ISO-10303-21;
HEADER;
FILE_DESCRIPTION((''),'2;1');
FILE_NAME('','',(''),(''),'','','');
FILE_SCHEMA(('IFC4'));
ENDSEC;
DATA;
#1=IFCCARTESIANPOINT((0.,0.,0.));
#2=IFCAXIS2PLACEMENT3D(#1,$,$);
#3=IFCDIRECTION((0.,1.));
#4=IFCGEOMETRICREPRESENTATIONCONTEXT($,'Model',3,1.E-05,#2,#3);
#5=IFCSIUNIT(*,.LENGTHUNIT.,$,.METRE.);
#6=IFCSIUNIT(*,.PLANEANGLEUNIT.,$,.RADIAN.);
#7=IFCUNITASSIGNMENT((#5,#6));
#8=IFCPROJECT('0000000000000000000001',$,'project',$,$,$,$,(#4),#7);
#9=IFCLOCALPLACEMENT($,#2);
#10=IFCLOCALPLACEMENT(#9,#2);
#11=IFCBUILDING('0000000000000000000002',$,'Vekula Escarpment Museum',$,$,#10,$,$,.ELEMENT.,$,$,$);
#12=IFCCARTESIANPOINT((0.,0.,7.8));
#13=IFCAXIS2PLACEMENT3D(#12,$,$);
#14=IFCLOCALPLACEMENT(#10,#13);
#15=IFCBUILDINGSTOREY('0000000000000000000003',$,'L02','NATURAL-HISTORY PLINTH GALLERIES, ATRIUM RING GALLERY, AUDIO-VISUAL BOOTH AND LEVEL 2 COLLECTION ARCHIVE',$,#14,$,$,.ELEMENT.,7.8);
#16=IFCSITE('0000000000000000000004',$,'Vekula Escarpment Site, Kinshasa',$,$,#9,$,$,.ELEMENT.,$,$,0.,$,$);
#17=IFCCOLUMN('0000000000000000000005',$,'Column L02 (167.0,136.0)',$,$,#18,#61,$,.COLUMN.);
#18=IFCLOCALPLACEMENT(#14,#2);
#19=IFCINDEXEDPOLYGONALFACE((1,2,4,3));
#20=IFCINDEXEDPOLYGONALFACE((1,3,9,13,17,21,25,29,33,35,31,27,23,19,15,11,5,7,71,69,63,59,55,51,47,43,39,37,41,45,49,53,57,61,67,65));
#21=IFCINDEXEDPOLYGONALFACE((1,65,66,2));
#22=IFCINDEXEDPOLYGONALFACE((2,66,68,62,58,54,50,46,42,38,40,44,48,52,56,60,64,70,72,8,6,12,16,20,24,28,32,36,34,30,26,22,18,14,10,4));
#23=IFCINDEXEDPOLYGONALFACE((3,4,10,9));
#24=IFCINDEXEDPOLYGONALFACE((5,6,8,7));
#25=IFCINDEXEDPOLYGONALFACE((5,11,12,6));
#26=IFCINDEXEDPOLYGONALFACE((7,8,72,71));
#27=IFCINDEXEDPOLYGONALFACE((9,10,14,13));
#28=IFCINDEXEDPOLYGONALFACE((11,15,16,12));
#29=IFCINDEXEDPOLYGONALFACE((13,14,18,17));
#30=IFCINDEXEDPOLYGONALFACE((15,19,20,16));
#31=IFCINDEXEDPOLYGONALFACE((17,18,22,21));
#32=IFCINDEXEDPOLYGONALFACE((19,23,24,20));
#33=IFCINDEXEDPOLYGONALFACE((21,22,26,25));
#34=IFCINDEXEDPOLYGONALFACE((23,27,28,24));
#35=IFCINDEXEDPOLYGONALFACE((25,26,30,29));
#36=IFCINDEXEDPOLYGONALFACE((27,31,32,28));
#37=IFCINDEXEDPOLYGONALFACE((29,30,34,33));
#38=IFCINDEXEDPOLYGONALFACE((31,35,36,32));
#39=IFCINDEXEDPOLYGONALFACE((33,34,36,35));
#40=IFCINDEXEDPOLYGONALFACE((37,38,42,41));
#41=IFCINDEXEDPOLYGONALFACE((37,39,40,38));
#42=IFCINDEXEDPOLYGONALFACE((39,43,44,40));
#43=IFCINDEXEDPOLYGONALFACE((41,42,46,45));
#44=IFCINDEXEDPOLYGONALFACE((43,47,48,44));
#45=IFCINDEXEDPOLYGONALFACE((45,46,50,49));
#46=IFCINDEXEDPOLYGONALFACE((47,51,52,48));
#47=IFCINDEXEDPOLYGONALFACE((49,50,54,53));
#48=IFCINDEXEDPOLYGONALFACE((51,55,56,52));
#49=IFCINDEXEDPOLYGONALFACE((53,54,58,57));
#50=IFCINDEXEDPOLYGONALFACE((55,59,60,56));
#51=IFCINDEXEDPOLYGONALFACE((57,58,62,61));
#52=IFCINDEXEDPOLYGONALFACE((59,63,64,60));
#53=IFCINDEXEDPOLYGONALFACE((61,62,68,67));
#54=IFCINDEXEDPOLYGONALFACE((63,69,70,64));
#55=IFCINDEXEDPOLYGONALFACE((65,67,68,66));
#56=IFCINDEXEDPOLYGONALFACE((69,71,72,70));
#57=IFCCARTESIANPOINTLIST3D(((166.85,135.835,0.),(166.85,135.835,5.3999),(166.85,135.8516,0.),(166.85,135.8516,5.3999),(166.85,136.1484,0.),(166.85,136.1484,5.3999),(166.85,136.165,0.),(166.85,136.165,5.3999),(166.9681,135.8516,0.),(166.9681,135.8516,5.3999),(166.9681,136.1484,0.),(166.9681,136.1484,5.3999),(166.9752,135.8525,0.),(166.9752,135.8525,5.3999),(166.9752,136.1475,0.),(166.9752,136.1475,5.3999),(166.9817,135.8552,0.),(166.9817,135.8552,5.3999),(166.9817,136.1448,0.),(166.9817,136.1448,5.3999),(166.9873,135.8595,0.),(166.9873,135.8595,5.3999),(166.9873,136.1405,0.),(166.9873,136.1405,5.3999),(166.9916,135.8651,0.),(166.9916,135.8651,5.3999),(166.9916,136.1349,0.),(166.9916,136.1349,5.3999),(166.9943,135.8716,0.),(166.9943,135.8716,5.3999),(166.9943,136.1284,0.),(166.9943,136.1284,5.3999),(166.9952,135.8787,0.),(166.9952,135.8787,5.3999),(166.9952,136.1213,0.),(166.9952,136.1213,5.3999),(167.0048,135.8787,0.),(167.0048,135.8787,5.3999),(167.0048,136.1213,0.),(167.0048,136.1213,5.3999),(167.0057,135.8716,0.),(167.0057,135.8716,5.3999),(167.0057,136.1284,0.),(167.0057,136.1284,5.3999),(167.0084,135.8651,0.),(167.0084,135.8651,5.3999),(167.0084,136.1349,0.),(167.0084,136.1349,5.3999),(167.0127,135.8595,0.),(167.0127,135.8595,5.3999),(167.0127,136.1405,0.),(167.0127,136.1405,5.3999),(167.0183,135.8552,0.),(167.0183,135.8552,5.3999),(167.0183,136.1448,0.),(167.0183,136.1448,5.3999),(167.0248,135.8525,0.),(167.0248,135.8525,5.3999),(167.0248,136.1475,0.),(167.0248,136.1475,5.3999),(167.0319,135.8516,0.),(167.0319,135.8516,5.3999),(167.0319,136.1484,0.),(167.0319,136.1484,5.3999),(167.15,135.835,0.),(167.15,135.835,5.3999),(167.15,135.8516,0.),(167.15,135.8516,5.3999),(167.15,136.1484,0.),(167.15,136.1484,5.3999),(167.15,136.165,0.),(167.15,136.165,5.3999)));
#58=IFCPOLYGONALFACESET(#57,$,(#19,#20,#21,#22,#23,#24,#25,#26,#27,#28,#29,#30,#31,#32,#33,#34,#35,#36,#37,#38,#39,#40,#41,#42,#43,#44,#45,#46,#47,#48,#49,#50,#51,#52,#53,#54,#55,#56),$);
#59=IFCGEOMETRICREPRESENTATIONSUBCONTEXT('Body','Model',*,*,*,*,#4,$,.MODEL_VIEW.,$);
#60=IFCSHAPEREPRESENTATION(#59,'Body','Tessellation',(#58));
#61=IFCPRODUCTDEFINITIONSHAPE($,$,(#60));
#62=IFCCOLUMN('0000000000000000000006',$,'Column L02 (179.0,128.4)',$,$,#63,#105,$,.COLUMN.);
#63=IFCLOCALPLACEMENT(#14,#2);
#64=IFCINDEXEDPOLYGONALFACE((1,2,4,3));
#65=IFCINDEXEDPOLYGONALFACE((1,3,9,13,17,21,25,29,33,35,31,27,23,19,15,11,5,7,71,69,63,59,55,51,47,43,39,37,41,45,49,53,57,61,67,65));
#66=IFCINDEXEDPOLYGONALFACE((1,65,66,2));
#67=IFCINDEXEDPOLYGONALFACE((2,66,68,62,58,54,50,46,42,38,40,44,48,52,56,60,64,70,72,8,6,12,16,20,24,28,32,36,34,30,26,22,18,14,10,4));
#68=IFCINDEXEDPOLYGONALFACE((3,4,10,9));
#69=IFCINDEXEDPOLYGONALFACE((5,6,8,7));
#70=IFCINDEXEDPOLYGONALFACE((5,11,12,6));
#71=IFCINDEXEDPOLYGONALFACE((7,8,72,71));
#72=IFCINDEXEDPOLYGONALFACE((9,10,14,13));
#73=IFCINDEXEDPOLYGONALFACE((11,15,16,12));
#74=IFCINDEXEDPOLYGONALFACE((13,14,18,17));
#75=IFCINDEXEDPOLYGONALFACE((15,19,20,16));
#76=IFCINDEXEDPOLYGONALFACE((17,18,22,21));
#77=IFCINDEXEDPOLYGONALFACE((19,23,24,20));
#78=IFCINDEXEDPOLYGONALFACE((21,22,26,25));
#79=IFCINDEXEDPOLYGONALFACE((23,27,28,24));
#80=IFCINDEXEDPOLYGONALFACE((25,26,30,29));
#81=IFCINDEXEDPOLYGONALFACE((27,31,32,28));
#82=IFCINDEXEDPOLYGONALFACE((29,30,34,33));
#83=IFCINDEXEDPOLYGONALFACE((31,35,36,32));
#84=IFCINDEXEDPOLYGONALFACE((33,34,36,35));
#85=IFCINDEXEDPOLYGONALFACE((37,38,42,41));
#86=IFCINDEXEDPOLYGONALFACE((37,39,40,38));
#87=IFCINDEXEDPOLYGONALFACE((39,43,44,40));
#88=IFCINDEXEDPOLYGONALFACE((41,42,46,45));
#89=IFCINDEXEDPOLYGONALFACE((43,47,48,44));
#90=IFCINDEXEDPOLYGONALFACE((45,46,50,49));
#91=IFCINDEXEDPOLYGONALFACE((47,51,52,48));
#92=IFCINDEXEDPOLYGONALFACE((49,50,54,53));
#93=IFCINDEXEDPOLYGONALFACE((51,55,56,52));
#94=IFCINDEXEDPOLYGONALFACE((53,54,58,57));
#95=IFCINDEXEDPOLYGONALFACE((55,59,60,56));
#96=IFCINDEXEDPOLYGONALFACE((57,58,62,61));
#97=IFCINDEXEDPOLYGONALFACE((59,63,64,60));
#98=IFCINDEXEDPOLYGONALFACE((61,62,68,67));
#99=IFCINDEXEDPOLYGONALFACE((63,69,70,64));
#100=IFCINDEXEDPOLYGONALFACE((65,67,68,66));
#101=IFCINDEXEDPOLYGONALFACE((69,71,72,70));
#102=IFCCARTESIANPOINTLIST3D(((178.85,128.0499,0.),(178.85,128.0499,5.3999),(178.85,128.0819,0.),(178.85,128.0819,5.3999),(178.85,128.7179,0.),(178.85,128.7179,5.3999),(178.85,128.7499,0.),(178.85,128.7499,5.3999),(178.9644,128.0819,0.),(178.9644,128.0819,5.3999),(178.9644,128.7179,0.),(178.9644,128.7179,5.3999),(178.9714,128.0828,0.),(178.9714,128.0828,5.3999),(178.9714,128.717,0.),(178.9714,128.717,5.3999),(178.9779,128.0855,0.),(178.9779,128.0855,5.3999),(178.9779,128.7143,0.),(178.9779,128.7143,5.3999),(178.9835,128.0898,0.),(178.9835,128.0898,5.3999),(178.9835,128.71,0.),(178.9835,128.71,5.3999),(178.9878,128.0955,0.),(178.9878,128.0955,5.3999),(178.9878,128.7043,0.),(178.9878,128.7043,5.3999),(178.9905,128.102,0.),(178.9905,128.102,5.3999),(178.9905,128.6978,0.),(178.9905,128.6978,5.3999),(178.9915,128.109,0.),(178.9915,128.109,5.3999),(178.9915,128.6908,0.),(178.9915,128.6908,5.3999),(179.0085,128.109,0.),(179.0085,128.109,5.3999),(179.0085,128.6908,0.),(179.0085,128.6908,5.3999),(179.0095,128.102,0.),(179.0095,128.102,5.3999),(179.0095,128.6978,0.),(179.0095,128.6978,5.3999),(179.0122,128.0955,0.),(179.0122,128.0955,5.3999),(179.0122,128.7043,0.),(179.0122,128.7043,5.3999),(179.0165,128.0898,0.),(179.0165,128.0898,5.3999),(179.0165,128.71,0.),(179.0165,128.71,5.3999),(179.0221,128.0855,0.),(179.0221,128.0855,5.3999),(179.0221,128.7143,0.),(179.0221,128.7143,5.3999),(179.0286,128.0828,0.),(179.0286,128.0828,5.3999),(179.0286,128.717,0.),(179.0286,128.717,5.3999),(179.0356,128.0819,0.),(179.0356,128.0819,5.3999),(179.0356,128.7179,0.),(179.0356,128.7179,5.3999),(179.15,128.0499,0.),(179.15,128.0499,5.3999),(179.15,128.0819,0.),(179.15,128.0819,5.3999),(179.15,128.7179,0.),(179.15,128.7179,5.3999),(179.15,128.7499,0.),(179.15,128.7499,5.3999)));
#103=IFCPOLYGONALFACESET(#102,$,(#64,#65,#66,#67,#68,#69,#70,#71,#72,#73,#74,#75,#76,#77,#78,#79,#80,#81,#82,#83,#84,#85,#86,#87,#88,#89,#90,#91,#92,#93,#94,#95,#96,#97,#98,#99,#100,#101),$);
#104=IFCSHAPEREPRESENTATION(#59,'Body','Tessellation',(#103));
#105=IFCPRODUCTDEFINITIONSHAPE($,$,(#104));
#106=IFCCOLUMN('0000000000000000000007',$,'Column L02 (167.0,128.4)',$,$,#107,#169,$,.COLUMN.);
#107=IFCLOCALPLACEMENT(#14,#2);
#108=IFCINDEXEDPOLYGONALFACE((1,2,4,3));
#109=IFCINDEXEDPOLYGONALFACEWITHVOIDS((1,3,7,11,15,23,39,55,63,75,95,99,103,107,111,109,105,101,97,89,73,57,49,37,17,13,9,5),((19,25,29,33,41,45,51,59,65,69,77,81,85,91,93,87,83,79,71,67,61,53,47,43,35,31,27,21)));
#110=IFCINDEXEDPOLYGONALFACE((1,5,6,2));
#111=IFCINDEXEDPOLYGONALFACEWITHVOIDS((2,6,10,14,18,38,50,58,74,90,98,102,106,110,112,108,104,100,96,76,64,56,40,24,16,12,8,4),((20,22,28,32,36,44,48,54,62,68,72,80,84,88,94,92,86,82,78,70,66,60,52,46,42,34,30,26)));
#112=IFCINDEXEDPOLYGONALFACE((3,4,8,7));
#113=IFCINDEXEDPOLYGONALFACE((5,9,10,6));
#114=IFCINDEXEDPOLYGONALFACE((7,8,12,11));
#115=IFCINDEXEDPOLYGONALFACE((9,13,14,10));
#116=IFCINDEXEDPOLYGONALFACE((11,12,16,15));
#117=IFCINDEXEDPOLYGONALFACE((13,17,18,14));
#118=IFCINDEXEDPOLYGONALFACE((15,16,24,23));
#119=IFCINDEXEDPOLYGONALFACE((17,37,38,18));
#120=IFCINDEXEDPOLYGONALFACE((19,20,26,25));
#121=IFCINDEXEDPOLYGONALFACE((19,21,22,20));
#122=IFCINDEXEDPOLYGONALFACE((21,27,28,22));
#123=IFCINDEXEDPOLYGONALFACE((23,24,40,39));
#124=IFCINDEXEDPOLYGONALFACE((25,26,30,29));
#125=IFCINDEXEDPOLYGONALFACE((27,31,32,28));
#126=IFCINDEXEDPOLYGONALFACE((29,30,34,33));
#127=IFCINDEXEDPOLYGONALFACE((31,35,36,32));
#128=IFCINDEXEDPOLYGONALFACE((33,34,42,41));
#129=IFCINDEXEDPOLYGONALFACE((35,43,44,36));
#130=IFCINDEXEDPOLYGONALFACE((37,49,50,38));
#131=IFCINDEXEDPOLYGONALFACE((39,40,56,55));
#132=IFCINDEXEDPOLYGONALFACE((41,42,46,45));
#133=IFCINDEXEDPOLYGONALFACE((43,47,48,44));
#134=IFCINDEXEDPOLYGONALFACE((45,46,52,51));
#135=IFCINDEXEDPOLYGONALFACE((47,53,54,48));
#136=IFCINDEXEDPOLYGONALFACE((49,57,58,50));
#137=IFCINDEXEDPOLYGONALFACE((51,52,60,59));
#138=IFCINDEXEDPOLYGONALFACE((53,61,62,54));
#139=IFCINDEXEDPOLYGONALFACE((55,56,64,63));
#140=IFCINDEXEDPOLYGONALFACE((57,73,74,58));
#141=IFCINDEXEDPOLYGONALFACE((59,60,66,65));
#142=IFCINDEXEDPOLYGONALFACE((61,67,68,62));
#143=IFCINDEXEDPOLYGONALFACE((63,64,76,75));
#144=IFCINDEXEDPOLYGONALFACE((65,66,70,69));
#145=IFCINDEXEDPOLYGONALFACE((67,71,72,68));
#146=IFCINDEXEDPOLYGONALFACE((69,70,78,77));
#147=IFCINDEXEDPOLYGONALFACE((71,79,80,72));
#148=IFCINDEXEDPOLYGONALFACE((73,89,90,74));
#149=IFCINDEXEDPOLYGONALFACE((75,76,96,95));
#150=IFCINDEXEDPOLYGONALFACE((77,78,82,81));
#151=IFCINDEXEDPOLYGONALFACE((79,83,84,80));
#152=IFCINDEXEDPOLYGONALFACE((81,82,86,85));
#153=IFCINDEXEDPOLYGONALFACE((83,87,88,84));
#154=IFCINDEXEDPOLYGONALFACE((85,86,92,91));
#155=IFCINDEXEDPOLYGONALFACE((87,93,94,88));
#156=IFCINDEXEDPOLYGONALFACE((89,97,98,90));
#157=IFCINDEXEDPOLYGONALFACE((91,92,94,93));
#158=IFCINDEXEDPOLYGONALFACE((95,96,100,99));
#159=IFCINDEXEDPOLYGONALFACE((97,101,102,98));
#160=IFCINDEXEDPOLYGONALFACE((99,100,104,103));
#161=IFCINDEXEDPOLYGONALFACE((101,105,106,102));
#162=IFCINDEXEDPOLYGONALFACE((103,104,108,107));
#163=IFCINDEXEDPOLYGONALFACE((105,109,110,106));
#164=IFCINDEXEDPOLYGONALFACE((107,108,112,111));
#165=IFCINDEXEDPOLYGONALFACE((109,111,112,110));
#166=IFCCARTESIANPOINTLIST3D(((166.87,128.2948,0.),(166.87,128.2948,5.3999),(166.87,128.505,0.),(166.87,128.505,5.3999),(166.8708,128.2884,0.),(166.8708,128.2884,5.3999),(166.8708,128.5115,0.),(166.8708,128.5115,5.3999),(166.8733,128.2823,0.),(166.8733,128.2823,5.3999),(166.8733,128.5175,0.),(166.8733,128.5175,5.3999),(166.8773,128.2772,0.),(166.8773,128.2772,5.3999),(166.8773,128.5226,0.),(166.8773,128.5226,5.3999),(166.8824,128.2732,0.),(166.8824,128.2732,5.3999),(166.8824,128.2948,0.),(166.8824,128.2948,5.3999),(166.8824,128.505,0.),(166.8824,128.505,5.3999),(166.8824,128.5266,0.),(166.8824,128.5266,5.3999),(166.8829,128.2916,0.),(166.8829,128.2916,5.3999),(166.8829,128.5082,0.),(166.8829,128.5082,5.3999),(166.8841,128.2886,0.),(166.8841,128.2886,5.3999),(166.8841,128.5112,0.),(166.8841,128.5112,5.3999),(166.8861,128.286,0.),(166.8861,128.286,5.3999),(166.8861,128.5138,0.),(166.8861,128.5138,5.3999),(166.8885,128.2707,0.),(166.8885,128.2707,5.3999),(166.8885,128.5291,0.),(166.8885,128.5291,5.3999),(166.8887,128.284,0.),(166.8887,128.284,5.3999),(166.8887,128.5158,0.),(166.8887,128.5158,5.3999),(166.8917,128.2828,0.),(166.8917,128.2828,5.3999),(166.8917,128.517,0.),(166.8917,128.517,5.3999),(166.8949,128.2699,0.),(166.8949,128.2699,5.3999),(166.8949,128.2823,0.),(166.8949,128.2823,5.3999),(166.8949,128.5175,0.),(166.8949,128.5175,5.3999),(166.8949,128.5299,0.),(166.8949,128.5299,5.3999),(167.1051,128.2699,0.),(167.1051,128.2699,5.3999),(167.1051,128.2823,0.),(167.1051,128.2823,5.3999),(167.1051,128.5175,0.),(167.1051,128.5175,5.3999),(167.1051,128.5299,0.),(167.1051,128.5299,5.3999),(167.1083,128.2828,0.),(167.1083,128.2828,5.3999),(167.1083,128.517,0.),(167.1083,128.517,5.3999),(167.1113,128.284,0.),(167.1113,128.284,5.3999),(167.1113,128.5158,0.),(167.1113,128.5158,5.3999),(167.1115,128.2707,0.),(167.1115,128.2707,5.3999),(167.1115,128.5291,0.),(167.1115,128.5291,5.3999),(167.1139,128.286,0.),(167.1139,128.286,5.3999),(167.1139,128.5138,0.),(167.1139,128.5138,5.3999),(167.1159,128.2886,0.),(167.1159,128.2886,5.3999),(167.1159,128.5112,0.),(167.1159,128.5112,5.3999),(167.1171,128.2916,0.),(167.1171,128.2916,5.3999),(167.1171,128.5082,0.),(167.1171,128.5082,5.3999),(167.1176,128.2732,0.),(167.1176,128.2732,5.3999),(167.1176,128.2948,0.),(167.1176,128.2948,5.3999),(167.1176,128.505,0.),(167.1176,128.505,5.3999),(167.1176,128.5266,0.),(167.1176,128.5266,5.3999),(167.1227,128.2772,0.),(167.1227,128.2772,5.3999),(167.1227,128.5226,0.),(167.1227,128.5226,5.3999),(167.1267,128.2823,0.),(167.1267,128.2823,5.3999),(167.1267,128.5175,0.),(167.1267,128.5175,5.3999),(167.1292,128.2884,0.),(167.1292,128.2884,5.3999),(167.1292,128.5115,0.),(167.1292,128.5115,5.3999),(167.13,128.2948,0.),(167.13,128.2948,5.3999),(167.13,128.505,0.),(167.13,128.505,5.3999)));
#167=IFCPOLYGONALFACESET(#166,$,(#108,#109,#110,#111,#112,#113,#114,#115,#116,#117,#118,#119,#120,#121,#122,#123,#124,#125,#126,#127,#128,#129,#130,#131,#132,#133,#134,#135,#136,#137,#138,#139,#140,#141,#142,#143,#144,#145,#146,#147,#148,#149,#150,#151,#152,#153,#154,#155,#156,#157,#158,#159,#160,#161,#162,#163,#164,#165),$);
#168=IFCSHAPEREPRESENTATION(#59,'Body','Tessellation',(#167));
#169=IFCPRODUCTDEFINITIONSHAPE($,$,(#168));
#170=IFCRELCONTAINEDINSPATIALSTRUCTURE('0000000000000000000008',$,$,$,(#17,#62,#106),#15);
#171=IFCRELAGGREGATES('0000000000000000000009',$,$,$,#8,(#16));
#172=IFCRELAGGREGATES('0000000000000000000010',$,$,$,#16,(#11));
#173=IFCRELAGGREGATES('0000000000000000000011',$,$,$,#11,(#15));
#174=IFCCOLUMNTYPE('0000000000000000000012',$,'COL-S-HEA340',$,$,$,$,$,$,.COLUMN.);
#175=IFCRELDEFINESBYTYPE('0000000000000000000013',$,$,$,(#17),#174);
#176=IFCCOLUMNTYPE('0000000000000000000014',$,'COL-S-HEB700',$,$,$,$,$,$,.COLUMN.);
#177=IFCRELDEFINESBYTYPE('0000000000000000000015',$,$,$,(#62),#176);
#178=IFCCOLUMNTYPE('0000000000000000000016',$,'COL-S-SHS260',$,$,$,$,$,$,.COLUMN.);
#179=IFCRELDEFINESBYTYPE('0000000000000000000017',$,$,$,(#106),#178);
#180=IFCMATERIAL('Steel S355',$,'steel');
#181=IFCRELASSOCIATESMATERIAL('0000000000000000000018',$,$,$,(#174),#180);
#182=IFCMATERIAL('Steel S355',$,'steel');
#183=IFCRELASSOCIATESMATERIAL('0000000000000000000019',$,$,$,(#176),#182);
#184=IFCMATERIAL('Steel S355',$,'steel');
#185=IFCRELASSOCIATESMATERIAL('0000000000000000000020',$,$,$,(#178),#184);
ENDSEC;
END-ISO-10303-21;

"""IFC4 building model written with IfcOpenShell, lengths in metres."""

from ifc_helpers import new_model, si_unit, direction, frame, origin, origin_2d, place, context, subcontext, project, spatial, hollow_rectangle, i_section, extrude, material, material_profile, profile_set, type_object, element, save


model = new_model("IFC4")

# Units and contexts
model_context = context("Model", 3, precision=1e-05, world=origin(), true_north=direction((0.0, 1.0)))
body_context = subcontext(model_context, "Body", "Model", "MODEL_VIEW")
ifc_project = project(units=[si_unit("LENGTHUNIT", "METRE"), si_unit("PLANEANGLEUNIT", "RADIAN")], contexts=[model_context])

# Site, building, storey
site_placement = place(None, origin())
site = spatial("IfcSite", under=ifc_project, at=site_placement, Name="Vekula Escarpment Site, Kinshasa", CompositionType="ELEMENT", RefElevation=0.0)
building_placement = place(site_placement, origin())
building = spatial("IfcBuilding", under=site, at=building_placement, Name="Vekula Escarpment Museum", CompositionType="ELEMENT")
storey_placement = place(building_placement, frame((0.0, 0.0, 7.8)))
storey = spatial("IfcBuildingStorey", under=building, at=storey_placement, Name="L02", Description="NATURAL-HISTORY PLINTH GALLERIES, ATRIUM RING GALLERY, AUDIO-VISUAL BOOTH AND LEVEL 2 COLLECTION ARCHIVE", CompositionType="ELEMENT", Elevation=7.8)

# Columns
ifc_material_1 = material(Name="Steel S355", Category="steel")
ifc_material_profile_1 = material_profile(ifc_material_1, i_section(OverallWidth=0.3, OverallDepth=0.3301, WebThickness=0.0095, FlangeThickness=0.0166, FilletRadius=0.0271, at=origin_2d()), Name="HEA 340")
ifc_profile_set_1 = profile_set([ifc_material_profile_1], Name="Steel S355")
column_type_1 = type_object("IfcColumnType", Name="COL-S-HEA340", PredefinedType="COLUMN", material=ifc_profile_set_1)
column_1_placement = place(storey_placement, frame((167.0, 136.0, 0.0), z_axis=(0.0, 0.0, 1.0), x_axis=(1.0, 0.0, 0.0)))
element("IfcColumn", 1, at=column_1_placement, inside=storey, type_object=column_type_1, Name="Column L02 (167.0,136.0)", PredefinedType="COLUMN", context=body_context, shape_type="SweptSolid", body=[
    extrude(i_section(OverallWidth=0.3, OverallDepth=0.3301, WebThickness=0.0095, FlangeThickness=0.0166, FilletRadius=0.0271, at=origin_2d()), origin(), (0.0, 0.0, 1.0), 5.3999),
])
ifc_material_2 = material(Name="Steel S355", Category="steel")
ifc_material_profile_2 = material_profile(ifc_material_2, i_section(OverallWidth=0.3, OverallDepth=0.7, WebThickness=0.0171, FlangeThickness=0.032, FilletRadius=0.0271, at=origin_2d()), Name="HEB 700")
ifc_profile_set_2 = profile_set([ifc_material_profile_2], Name="Steel S355")
column_type_2 = type_object("IfcColumnType", Name="COL-S-HEB700", PredefinedType="COLUMN", material=ifc_profile_set_2)
column_2_placement = place(storey_placement, frame((179.0, 128.3999, 0.0), z_axis=(0.0, 0.0, 1.0), x_axis=(1.0, 0.0, 0.0)))
element("IfcColumn", 2, at=column_2_placement, inside=storey, type_object=column_type_2, Name="Column L02 (179.0,128.4)", PredefinedType="COLUMN", context=body_context, shape_type="SweptSolid", body=[
    extrude(i_section(OverallWidth=0.3, OverallDepth=0.7, WebThickness=0.0171, FlangeThickness=0.032, FilletRadius=0.0271, at=origin_2d()), origin(), (0.0, 0.0, 1.0), 5.3999),
])
ifc_material_3 = material(Name="Steel S355", Category="steel")
ifc_material_profile_3 = material_profile(ifc_material_3, hollow_rectangle(XDim=0.26, YDim=0.26, WallThickness=0.0125, InnerFilletRadius=0.0125, OuterFilletRadius=0.0249, at=origin_2d()), Name="SHS 260x260x12.5")
ifc_profile_set_3 = profile_set([ifc_material_profile_3], Name="Steel S355")
column_type_3 = type_object("IfcColumnType", Name="COL-S-SHS260", PredefinedType="COLUMN", material=ifc_profile_set_3)
column_3_placement = place(storey_placement, frame((167.0, 128.3999, 0.0), z_axis=(0.0, 0.0, 1.0), x_axis=(1.0, 0.0, 0.0)))
element("IfcColumn", 3, at=column_3_placement, inside=storey, type_object=column_type_3, Name="Column L02 (167.0,128.4)", PredefinedType="COLUMN", context=body_context, shape_type="SweptSolid", body=[
    extrude(hollow_rectangle(XDim=0.26, YDim=0.26, WallThickness=0.0125, InnerFilletRadius=0.0125, OuterFilletRadius=0.0249, at=origin_2d()), origin(), (0.0, 0.0, 1.0), 5.3999),
])

save(model, "model.ifc")
